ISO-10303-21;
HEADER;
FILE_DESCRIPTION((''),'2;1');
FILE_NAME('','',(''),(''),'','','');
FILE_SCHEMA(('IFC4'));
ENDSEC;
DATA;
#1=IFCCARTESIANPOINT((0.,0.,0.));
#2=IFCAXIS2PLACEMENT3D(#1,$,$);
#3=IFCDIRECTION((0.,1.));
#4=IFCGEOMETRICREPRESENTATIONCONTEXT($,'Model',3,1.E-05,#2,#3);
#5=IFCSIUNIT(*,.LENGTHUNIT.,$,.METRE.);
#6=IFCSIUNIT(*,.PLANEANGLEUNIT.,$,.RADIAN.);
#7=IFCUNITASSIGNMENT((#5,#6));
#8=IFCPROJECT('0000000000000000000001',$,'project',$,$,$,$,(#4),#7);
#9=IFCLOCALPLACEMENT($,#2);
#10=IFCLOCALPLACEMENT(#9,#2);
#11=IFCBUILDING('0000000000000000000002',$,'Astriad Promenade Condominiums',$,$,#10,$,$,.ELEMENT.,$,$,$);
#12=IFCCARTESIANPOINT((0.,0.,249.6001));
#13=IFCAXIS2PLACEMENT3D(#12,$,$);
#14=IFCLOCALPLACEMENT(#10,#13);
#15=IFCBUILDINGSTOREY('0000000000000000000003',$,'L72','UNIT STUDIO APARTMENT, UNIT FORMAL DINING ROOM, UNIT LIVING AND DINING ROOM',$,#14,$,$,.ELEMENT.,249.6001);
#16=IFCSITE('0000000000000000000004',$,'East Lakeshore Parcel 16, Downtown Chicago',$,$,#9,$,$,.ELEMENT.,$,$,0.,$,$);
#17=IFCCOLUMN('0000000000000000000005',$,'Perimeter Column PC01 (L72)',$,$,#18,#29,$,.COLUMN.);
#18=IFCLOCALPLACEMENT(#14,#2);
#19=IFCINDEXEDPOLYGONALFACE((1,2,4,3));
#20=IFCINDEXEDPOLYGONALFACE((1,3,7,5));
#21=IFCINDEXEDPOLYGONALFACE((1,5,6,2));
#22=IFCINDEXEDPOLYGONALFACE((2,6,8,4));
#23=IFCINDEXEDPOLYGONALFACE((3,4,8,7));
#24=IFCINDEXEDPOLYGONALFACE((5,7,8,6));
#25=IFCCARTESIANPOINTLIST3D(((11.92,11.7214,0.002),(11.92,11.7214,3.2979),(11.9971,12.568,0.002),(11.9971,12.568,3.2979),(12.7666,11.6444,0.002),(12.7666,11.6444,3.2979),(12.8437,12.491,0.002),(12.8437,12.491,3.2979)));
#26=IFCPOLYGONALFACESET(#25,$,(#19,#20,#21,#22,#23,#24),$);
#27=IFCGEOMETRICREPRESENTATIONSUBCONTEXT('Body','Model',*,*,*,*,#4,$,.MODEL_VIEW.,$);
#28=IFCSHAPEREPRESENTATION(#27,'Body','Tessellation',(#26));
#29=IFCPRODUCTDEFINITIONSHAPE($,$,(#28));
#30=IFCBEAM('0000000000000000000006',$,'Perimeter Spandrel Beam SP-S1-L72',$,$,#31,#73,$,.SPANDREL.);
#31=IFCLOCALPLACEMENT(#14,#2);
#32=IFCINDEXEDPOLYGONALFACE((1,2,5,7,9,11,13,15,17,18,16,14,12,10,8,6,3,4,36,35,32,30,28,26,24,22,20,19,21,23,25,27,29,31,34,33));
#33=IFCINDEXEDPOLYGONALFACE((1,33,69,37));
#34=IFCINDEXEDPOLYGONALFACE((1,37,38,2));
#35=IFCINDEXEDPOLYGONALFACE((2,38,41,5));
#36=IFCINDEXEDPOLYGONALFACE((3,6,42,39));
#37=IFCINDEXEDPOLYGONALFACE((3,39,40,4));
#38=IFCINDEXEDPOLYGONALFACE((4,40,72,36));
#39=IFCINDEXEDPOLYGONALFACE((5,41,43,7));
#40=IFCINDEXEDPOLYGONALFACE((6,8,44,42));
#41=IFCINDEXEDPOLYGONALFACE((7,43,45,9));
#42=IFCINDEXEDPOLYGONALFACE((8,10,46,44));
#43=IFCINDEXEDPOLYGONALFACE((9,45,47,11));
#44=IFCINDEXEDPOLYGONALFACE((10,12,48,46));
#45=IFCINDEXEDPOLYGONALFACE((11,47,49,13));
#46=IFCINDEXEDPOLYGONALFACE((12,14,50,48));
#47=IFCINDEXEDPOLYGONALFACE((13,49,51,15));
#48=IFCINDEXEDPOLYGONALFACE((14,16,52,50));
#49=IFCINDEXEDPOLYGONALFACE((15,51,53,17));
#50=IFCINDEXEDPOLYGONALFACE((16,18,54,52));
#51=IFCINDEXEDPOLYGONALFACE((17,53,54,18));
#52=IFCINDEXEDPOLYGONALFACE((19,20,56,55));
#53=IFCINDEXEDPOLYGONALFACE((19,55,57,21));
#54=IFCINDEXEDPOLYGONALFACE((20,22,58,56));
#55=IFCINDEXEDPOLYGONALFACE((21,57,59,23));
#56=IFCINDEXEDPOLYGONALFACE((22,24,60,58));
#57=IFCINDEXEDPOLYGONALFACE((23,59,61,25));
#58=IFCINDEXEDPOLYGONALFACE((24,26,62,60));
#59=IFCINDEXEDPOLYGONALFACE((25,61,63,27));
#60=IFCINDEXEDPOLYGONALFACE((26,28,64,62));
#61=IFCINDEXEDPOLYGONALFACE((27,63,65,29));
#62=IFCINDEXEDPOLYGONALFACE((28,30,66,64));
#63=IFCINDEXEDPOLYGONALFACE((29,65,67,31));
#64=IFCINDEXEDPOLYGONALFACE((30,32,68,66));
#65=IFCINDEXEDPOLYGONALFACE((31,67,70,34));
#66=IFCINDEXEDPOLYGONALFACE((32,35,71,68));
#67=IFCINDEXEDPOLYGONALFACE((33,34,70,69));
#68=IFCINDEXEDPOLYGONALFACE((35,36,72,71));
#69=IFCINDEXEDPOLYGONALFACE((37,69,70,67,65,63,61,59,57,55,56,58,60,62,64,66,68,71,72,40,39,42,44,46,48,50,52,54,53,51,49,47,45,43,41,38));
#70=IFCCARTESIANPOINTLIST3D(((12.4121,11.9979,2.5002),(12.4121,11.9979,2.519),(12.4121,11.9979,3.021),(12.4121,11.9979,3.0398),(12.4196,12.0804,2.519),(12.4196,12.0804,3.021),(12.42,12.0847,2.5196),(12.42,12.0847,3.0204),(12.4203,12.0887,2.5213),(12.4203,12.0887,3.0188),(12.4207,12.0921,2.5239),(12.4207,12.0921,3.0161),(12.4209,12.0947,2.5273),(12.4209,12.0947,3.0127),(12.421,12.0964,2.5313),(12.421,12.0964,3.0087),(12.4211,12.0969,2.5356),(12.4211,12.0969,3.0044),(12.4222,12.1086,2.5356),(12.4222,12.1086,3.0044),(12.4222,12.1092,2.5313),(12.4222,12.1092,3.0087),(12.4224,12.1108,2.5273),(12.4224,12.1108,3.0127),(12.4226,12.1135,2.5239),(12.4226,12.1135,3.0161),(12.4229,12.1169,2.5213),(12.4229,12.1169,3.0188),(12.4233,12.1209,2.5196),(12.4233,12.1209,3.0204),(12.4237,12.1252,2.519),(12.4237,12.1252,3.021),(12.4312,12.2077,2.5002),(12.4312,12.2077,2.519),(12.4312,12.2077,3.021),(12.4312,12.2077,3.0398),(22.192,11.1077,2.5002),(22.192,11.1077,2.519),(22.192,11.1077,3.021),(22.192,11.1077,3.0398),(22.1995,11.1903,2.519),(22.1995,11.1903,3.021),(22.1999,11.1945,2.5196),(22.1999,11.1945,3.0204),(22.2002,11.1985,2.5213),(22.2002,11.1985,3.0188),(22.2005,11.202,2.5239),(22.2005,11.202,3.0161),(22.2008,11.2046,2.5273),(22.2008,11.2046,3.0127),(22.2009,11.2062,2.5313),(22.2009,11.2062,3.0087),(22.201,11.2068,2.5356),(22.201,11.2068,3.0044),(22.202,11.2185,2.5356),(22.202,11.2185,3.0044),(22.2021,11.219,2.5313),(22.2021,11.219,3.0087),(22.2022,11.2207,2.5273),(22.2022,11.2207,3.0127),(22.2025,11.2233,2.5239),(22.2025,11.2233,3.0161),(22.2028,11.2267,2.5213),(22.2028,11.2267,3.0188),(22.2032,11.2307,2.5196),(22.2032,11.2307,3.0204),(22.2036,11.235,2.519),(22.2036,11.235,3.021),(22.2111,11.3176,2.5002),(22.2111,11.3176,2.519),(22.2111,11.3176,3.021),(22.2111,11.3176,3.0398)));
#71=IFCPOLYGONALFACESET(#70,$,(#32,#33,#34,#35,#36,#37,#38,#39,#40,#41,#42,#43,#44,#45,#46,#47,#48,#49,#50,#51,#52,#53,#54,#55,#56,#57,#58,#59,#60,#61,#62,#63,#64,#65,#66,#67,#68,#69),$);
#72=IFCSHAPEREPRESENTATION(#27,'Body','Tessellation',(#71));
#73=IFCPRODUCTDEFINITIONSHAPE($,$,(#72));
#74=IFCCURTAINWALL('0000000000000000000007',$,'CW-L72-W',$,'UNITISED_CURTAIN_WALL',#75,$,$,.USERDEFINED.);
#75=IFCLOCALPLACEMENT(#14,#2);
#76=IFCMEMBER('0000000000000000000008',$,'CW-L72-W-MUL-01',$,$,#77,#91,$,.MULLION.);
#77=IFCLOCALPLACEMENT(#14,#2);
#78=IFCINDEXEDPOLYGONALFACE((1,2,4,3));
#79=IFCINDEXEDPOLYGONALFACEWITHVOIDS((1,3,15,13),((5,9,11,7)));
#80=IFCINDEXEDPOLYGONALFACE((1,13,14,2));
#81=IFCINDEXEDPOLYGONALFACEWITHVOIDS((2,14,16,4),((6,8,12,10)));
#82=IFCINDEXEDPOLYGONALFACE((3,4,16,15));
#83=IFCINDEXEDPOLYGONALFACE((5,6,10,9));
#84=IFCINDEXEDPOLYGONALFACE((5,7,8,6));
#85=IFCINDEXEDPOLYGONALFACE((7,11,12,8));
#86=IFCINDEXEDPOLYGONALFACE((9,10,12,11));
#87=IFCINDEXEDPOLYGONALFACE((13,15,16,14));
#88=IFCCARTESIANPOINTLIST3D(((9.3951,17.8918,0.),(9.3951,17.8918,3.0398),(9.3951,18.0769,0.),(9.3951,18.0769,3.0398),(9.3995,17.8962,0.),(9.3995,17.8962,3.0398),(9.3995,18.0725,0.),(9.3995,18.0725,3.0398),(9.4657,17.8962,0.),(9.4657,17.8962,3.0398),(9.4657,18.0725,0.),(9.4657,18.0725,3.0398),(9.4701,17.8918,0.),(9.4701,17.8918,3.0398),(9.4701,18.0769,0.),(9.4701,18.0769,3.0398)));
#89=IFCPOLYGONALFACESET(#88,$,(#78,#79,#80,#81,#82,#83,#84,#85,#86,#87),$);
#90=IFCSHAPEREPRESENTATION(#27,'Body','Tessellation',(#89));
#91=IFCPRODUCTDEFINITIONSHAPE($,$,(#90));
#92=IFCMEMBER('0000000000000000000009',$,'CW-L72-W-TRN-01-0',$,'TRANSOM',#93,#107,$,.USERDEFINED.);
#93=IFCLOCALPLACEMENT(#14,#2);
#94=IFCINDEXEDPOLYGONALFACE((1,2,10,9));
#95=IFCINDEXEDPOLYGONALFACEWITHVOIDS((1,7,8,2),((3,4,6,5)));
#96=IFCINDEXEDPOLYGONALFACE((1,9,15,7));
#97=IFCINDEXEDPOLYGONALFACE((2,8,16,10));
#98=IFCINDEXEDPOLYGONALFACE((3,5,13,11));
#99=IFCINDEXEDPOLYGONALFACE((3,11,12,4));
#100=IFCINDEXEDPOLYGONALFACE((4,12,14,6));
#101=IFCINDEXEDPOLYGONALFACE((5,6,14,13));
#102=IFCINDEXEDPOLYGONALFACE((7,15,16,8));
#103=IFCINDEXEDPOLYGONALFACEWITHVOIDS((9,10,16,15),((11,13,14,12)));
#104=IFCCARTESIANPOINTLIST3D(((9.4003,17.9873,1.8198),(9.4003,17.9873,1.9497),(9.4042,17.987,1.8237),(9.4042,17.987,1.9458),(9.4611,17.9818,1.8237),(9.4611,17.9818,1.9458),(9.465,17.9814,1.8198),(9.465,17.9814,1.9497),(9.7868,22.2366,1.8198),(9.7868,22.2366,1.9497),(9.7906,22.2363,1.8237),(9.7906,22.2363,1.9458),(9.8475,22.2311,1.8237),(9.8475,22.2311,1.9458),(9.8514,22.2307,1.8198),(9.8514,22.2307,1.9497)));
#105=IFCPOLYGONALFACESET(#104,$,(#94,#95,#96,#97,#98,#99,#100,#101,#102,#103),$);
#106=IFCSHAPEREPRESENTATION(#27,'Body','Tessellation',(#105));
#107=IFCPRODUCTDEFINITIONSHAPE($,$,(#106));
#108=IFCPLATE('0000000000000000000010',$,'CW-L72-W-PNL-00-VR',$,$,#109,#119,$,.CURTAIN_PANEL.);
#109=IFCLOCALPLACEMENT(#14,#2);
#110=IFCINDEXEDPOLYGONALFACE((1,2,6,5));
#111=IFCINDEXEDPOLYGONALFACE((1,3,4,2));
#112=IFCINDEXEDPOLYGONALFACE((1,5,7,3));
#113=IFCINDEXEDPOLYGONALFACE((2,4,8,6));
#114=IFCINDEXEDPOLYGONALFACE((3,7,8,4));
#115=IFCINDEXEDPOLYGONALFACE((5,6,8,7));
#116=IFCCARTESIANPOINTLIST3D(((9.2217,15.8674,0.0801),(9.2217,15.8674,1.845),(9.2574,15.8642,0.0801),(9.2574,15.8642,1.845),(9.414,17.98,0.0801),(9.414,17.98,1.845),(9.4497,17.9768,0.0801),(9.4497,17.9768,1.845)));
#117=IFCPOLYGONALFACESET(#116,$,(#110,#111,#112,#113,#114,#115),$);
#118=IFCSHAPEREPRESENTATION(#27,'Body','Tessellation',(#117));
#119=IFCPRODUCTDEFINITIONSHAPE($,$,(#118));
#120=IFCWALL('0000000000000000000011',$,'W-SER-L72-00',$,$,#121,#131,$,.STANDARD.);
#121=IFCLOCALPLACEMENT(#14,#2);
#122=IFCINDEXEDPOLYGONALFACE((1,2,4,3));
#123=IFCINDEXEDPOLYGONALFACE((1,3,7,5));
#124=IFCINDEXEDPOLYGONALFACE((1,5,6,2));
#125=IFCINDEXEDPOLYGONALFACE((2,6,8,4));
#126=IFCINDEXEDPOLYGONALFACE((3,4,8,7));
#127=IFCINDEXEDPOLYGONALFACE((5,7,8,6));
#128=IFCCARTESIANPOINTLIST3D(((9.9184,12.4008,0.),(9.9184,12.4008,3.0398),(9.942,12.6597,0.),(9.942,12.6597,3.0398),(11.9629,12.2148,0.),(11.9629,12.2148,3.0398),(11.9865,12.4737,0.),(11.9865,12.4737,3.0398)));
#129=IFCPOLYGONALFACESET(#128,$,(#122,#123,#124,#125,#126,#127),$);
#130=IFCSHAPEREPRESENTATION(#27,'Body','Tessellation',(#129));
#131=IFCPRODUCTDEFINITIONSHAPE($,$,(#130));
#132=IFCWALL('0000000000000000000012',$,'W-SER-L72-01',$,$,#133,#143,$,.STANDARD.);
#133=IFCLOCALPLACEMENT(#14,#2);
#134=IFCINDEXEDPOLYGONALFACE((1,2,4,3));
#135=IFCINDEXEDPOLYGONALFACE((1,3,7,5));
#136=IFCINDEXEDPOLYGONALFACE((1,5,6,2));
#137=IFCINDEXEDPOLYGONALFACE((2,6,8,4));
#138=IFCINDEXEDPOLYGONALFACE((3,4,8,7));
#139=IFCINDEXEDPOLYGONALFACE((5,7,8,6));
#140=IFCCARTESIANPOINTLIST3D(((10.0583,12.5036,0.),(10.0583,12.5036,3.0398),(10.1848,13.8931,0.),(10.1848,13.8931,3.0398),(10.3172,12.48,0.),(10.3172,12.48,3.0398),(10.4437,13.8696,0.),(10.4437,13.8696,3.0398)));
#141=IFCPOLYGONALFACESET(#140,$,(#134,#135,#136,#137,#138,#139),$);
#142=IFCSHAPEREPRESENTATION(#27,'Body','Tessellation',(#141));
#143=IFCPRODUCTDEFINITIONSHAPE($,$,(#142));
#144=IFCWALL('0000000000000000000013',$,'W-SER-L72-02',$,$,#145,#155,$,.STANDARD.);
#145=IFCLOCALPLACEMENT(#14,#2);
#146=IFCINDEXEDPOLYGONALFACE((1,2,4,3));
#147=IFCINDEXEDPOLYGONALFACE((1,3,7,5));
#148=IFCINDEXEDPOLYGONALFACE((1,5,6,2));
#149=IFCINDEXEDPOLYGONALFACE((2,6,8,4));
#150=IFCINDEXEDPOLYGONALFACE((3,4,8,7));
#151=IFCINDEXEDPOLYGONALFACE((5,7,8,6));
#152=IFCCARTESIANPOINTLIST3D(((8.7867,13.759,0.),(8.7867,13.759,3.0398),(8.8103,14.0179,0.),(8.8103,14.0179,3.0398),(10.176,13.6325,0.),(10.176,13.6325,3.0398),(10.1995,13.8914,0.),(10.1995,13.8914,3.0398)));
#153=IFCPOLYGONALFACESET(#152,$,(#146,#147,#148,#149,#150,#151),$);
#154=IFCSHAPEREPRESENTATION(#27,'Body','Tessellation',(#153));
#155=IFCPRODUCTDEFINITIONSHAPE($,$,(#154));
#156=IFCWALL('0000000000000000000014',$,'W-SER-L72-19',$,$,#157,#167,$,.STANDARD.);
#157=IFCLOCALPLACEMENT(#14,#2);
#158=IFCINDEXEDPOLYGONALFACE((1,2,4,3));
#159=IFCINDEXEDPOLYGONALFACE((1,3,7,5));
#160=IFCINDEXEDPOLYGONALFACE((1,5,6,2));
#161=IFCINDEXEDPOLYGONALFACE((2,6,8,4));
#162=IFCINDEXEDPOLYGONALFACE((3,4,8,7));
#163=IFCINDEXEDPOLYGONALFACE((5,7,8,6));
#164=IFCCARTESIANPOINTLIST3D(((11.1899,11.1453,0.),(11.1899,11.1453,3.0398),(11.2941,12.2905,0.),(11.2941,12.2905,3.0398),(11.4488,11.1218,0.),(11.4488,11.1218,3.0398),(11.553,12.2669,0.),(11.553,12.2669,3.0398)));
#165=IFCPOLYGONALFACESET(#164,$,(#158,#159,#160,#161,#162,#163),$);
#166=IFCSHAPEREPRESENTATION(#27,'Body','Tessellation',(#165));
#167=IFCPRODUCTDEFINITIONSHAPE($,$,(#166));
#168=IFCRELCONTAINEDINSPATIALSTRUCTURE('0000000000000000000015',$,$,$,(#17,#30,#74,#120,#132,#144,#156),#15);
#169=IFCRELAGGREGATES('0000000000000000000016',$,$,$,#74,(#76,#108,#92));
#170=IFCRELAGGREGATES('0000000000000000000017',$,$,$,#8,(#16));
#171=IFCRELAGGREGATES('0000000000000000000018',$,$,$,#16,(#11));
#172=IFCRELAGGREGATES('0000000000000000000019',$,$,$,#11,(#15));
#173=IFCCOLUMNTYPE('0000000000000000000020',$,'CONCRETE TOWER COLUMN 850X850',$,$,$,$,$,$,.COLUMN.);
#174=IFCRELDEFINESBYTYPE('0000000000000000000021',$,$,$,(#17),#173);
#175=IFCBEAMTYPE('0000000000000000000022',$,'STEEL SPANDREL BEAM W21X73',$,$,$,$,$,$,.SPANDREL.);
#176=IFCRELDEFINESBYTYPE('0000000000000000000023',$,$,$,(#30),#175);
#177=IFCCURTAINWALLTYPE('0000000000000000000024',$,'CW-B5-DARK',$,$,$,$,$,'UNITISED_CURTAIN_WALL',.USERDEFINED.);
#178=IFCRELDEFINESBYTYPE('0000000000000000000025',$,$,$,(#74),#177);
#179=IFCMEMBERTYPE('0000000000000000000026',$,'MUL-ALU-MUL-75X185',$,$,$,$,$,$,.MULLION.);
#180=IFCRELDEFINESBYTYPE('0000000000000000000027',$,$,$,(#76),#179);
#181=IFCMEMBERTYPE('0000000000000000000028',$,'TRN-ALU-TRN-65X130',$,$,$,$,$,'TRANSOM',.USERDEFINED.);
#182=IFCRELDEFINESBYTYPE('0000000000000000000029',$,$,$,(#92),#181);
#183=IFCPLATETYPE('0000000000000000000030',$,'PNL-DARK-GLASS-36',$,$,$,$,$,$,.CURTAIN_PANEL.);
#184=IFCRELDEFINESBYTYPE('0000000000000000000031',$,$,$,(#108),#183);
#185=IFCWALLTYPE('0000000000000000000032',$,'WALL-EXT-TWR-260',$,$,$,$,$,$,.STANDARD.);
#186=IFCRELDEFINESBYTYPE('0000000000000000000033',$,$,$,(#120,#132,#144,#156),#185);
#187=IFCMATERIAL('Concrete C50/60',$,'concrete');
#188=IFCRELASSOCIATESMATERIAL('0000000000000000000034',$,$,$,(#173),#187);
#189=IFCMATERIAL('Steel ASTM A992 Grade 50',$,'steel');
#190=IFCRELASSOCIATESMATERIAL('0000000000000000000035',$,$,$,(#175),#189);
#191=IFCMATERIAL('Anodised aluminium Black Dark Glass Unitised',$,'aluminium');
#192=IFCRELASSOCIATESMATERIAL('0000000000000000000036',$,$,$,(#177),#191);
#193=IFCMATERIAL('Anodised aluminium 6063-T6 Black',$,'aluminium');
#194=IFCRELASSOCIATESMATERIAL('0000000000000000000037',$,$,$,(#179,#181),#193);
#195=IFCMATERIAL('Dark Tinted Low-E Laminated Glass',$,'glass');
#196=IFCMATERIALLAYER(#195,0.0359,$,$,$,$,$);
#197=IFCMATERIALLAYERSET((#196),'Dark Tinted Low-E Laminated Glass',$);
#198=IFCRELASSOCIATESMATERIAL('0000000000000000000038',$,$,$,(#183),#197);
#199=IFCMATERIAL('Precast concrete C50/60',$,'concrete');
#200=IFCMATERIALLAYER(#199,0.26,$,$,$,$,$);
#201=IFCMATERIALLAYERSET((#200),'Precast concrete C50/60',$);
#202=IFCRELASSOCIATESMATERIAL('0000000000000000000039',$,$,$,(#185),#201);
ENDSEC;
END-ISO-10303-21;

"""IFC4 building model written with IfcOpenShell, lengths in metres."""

from ifc_helpers import new_model, si_unit, direction, frame, frame_2d, origin, origin_2d, place, context, subcontext, project, spatial, rectangle, hollow_rectangle, i_section, extrude, source, transform, mapped, material, layer, layer_set, material_profile, profile_set, type_object, type_shapes, element, aggregate, save


model = new_model("IFC4")

# Units and contexts
model_context = context("Model", 3, precision=1e-05, world=origin(), true_north=direction((0.0, 1.0)))
body_context = subcontext(model_context, "Body", "Model", "MODEL_VIEW")
ifc_project = project(units=[si_unit("LENGTHUNIT", "METRE"), si_unit("PLANEANGLEUNIT", "RADIAN")], contexts=[model_context])

# Site, building, storey
site_placement = place(None, origin())
site = spatial("IfcSite", under=ifc_project, at=site_placement, Name="East Lakeshore Parcel 16, Downtown Chicago", CompositionType="ELEMENT", RefElevation=0.0)
building_placement = place(site_placement, origin())
building = spatial("IfcBuilding", under=site, at=building_placement, Name="Astriad Promenade Condominiums", CompositionType="ELEMENT")
storey_placement = place(building_placement, frame((0.0, 0.0, 249.6001)))
storey = spatial("IfcBuildingStorey", under=building, at=storey_placement, Name="L72", Description="UNIT STUDIO APARTMENT, UNIT FORMAL DINING ROOM, UNIT LIVING AND DINING ROOM", CompositionType="ELEMENT", Elevation=249.6001)

# Column
ifc_material_1 = material(Name="Concrete C50/60", Category="concrete")
ifc_material_profile_1 = material_profile(ifc_material_1, rectangle(XDim=0.8501, YDim=0.8501, at=origin_2d()), Name="RC-COL-850X850")
ifc_profile_set_1 = profile_set([ifc_material_profile_1], Name="Concrete C50/60")
column_type = type_object("IfcColumnType", Name="CONCRETE TOWER COLUMN 850X850", PredefinedType="COLUMN", material=ifc_profile_set_1)
shared_shape_1 = source(origin(), body_context, "Body", "SweptSolid", [
    extrude(rectangle(XDim=0.8501, YDim=0.8501, at=origin_2d()), origin(), (0.0, 0.0, 1.0), 3.2959),
])
type_shapes(column_type, [shared_shape_1])
column_placement = place(storey_placement, frame((12.3818, 12.1062, 0.002), z_axis=(0.0, 0.0, 1.0), x_axis=(0.995884, -0.090633, 0.0)))
element("IfcColumn", 1, at=column_placement, inside=storey, type_object=column_type, Name="Perimeter Column PC01 (L72)", PredefinedType="COLUMN", context=body_context, shape_type="MappedRepresentation", body=[
    mapped(shared_shape_1, transform((0.0, 0.0, 0.0), scale=1.0)),
])

# Beam
ifc_material_2 = material(Name="Steel ASTM A992 Grade 50", Category="steel")
ifc_material_profile_2 = material_profile(ifc_material_2, i_section(OverallWidth=0.2107, OverallDepth=0.5396, WebThickness=0.0117, FlangeThickness=0.0188, FilletRadius=0.0166, at=origin_2d()), Name="W21X73")
ifc_profile_set_2 = profile_set([ifc_material_profile_2], Name="Steel ASTM A992 Grade 50")
beam_type = type_object("IfcBeamType", Name="STEEL SPANDREL BEAM W21X73", PredefinedType="SPANDREL", material=ifc_profile_set_2)
shared_shape_2 = source(origin(), body_context, "Body", "SweptSolid", [
    extrude(i_section(OverallWidth=0.2107, OverallDepth=0.5396, WebThickness=0.0117, FlangeThickness=0.0188, FilletRadius=0.0166, at=origin_2d()), origin(), (0.0, 0.0, 1.0), 9.8203),
])
type_shapes(beam_type, [shared_shape_2])
beam_placement = place(storey_placement, frame((12.4216, 12.1028, 2.77), z_axis=(0.995883, -0.090643, 0.0), x_axis=(0.090643, 0.995883, 0.0)))
element("IfcBeam", 2, at=beam_placement, inside=storey, type_object=beam_type, Name="Perimeter Spandrel Beam SP-S1-L72", PredefinedType="SPANDREL", context=body_context, shape_type="MappedRepresentation", body=[
    mapped(shared_shape_2, transform((0.0, 0.0, 0.0), scale=1.0)),
])

# Curtain wall, members, plate
ifc_material_3 = material(Name="Anodised aluminium Black Dark Glass Unitised", Category="aluminium")
curtain_wall_type = type_object("IfcCurtainWallType", Name="CW-B5-DARK", ElementType="UNITISED_CURTAIN_WALL", PredefinedType="USERDEFINED", material=ifc_material_3)
curtain_wall_placement = place(storey_placement, origin())
curtain_wall = element("IfcCurtainWall", 3, at=curtain_wall_placement, inside=storey, type_object=curtain_wall_type, Name="CW-L72-W", ObjectType="UNITISED_CURTAIN_WALL", PredefinedType="USERDEFINED")
ifc_material_4 = material(Name="Anodised aluminium 6063-T6 Black", Category="aluminium")
ifc_material_profile_3 = material_profile(ifc_material_4, hollow_rectangle(XDim=0.075, YDim=0.1851, WallThickness=0.0044, at=origin_2d()), Name="ALU-MUL-75X185")
ifc_profile_set_3 = profile_set([ifc_material_profile_3], Name="Anodised aluminium 6063-T6 Black")
member_type_1 = type_object("IfcMemberType", Name="MUL-ALU-MUL-75X185", PredefinedType="MULLION", material=ifc_profile_set_3)
shared_shape_3 = source(origin(), body_context, "Body", "SweptSolid", [
    extrude(hollow_rectangle(XDim=0.075, YDim=0.1851, WallThickness=0.0044, at=origin_2d()), origin(), (0.0, 0.0, 1.0), 3.0398),
])
type_shapes(member_type_1, [shared_shape_3])
member_1_placement = place(storey_placement, frame((9.4326, 17.9844, 0.0), z_axis=(0.0, 0.0, 1.0), x_axis=(1.0, 0.0, 0.0)))
member_1 = element("IfcMember", 4, at=member_1_placement, type_object=member_type_1, Name="CW-L72-W-MUL-01", PredefinedType="MULLION", context=body_context, shape_type="MappedRepresentation", body=[
    mapped(shared_shape_3, transform((0.0, 0.0, 0.0), scale=1.0)),
])
ifc_material_profile_4 = material_profile(ifc_material_4, hollow_rectangle(XDim=0.0649, YDim=0.1299, WallThickness=0.0039, at=origin_2d()), Name="ALU-TRN-65X130")
ifc_profile_set_4 = profile_set([ifc_material_profile_4], Name="Anodised aluminium 6063-T6 Black")
member_type_2 = type_object("IfcMemberType", Name="TRN-ALU-TRN-65X130", ElementType="TRANSOM", PredefinedType="USERDEFINED", material=ifc_profile_set_4)
shared_shape_4 = source(origin(), body_context, "Body", "SweptSolid", [
    extrude(hollow_rectangle(XDim=0.0649, YDim=0.1299, WallThickness=0.0039, at=origin_2d()), origin(), (0.0, 0.0, 1.0), 4.2668),
])
type_shapes(member_type_2, [shared_shape_4])
member_2_placement = place(storey_placement, frame((9.4326, 17.9844, 1.8848), z_axis=(0.090577, 0.995889, 0.0), x_axis=(-0.995889, 0.090577, 0.0)))
member_2 = element("IfcMember", 5, at=member_2_placement, type_object=member_type_2, Name="CW-L72-W-TRN-01-0", ObjectType="TRANSOM", PredefinedType="USERDEFINED", context=body_context, shape_type="MappedRepresentation", body=[
    mapped(shared_shape_4, transform((0.0, 0.0, 0.0), scale=1.0)),
])
ifc_material_5 = material(Name="Dark Tinted Low-E Laminated Glass", Category="glass")
ifc_layer_1 = layer(ifc_material_5, 0.0359)
ifc_layer_set_1 = layer_set([ifc_layer_1], Name="Dark Tinted Low-E Laminated Glass")
plate_type = type_object("IfcPlateType", Name="PNL-DARK-GLASS-36", PredefinedType="CURTAIN_PANEL", material=ifc_layer_set_1)
shared_shape_5 = source(origin(), body_context, "Body", "SweptSolid", [
    extrude(rectangle(XDim=2.1213, YDim=0.0359, at=origin_2d()), origin(), (0.0, 0.0, 1.0), 1.7649),
])
type_shapes(plate_type, [shared_shape_5])
plate_placement = place(storey_placement, frame((9.3357, 16.9221, 0.0801), z_axis=(0.0, 0.0, 1.0), x_axis=(0.090633, 0.995884, 0.0)))
plate = element("IfcPlate", 6, at=plate_placement, type_object=plate_type, Name="CW-L72-W-PNL-00-VR", PredefinedType="CURTAIN_PANEL", context=body_context, shape_type="MappedRepresentation", body=[
    mapped(shared_shape_5, transform((0.0, 0.0, 0.0), scale=1.0)),
])
aggregate(curtain_wall, [member_1, plate, member_2])

# Walls
ifc_material_6 = material(Name="Precast concrete C50/60", Category="concrete")
ifc_layer_2 = layer(ifc_material_6, 0.26)
ifc_layer_set_2 = layer_set([ifc_layer_2], Name="Precast concrete C50/60")
wall_type_1 = type_object("IfcWallType", Name="WALL-EXT-TWR-260", PredefinedType="STANDARD", material=ifc_layer_set_2)
wall_1_placement = place(storey_placement, frame((11.9746, 12.3442, 0.0), z_axis=(0.0, 0.0, 1.0), x_axis=(-0.995885, 0.090622, 0.0)))
element("IfcWall", 7, at=wall_1_placement, inside=storey, type_object=wall_type_1, Name="W-SER-L72-00", PredefinedType="STANDARD", context=body_context, shape_type="SweptSolid", body=[
    extrude(rectangle(XDim=2.053, YDim=0.26, at=frame_2d((1.0264, 0.0))), origin(), (0.0, 0.0, 1.0), 3.0398),
])
wall_2_placement = place(storey_placement, frame((10.1877, 12.4917, 0.0), z_axis=(0.0, 0.0, 1.0), x_axis=(0.090646, 0.995883, 0.0)))
element("IfcWall", 8, at=wall_2_placement, inside=storey, type_object=wall_type_1, Name="W-SER-L72-01", PredefinedType="STANDARD", context=body_context, shape_type="SweptSolid", body=[
    extrude(rectangle(XDim=1.3953, YDim=0.26, at=frame_2d((0.6978, 0.0))), origin(), (0.0, 0.0, 1.0), 3.0398),
])
wall_3_placement = place(storey_placement, frame((10.1877, 13.762, 0.0), z_axis=(0.0, 0.0, 1.0), x_axis=(-0.995882, 0.090662, 0.0)))
element("IfcWall", 9, at=wall_3_placement, inside=storey, type_object=wall_type_1, Name="W-SER-L72-02", PredefinedType="STANDARD", context=body_context, shape_type="SweptSolid", body=[
    extrude(rectangle(XDim=1.395, YDim=0.26, at=frame_2d((0.6975, 0.0))), origin(), (0.0, 0.0, 1.0), 3.0398),
])
wall_4_placement = place(storey_placement, frame((11.3193, 11.1335, 0.0), z_axis=(0.0, 0.0, 1.0), x_axis=(0.090651, 0.995883, 0.0)))
element("IfcWall", 10, at=wall_4_placement, inside=storey, type_object=wall_type_1, Name="W-SER-L72-19", PredefinedType="STANDARD", context=body_context, shape_type="SweptSolid", body=[
    extrude(rectangle(XDim=1.1499, YDim=0.26, at=frame_2d((0.575, 0.0))), origin(), (0.0, 0.0, 1.0), 3.0398),
])

save(model, "model.ifc")
